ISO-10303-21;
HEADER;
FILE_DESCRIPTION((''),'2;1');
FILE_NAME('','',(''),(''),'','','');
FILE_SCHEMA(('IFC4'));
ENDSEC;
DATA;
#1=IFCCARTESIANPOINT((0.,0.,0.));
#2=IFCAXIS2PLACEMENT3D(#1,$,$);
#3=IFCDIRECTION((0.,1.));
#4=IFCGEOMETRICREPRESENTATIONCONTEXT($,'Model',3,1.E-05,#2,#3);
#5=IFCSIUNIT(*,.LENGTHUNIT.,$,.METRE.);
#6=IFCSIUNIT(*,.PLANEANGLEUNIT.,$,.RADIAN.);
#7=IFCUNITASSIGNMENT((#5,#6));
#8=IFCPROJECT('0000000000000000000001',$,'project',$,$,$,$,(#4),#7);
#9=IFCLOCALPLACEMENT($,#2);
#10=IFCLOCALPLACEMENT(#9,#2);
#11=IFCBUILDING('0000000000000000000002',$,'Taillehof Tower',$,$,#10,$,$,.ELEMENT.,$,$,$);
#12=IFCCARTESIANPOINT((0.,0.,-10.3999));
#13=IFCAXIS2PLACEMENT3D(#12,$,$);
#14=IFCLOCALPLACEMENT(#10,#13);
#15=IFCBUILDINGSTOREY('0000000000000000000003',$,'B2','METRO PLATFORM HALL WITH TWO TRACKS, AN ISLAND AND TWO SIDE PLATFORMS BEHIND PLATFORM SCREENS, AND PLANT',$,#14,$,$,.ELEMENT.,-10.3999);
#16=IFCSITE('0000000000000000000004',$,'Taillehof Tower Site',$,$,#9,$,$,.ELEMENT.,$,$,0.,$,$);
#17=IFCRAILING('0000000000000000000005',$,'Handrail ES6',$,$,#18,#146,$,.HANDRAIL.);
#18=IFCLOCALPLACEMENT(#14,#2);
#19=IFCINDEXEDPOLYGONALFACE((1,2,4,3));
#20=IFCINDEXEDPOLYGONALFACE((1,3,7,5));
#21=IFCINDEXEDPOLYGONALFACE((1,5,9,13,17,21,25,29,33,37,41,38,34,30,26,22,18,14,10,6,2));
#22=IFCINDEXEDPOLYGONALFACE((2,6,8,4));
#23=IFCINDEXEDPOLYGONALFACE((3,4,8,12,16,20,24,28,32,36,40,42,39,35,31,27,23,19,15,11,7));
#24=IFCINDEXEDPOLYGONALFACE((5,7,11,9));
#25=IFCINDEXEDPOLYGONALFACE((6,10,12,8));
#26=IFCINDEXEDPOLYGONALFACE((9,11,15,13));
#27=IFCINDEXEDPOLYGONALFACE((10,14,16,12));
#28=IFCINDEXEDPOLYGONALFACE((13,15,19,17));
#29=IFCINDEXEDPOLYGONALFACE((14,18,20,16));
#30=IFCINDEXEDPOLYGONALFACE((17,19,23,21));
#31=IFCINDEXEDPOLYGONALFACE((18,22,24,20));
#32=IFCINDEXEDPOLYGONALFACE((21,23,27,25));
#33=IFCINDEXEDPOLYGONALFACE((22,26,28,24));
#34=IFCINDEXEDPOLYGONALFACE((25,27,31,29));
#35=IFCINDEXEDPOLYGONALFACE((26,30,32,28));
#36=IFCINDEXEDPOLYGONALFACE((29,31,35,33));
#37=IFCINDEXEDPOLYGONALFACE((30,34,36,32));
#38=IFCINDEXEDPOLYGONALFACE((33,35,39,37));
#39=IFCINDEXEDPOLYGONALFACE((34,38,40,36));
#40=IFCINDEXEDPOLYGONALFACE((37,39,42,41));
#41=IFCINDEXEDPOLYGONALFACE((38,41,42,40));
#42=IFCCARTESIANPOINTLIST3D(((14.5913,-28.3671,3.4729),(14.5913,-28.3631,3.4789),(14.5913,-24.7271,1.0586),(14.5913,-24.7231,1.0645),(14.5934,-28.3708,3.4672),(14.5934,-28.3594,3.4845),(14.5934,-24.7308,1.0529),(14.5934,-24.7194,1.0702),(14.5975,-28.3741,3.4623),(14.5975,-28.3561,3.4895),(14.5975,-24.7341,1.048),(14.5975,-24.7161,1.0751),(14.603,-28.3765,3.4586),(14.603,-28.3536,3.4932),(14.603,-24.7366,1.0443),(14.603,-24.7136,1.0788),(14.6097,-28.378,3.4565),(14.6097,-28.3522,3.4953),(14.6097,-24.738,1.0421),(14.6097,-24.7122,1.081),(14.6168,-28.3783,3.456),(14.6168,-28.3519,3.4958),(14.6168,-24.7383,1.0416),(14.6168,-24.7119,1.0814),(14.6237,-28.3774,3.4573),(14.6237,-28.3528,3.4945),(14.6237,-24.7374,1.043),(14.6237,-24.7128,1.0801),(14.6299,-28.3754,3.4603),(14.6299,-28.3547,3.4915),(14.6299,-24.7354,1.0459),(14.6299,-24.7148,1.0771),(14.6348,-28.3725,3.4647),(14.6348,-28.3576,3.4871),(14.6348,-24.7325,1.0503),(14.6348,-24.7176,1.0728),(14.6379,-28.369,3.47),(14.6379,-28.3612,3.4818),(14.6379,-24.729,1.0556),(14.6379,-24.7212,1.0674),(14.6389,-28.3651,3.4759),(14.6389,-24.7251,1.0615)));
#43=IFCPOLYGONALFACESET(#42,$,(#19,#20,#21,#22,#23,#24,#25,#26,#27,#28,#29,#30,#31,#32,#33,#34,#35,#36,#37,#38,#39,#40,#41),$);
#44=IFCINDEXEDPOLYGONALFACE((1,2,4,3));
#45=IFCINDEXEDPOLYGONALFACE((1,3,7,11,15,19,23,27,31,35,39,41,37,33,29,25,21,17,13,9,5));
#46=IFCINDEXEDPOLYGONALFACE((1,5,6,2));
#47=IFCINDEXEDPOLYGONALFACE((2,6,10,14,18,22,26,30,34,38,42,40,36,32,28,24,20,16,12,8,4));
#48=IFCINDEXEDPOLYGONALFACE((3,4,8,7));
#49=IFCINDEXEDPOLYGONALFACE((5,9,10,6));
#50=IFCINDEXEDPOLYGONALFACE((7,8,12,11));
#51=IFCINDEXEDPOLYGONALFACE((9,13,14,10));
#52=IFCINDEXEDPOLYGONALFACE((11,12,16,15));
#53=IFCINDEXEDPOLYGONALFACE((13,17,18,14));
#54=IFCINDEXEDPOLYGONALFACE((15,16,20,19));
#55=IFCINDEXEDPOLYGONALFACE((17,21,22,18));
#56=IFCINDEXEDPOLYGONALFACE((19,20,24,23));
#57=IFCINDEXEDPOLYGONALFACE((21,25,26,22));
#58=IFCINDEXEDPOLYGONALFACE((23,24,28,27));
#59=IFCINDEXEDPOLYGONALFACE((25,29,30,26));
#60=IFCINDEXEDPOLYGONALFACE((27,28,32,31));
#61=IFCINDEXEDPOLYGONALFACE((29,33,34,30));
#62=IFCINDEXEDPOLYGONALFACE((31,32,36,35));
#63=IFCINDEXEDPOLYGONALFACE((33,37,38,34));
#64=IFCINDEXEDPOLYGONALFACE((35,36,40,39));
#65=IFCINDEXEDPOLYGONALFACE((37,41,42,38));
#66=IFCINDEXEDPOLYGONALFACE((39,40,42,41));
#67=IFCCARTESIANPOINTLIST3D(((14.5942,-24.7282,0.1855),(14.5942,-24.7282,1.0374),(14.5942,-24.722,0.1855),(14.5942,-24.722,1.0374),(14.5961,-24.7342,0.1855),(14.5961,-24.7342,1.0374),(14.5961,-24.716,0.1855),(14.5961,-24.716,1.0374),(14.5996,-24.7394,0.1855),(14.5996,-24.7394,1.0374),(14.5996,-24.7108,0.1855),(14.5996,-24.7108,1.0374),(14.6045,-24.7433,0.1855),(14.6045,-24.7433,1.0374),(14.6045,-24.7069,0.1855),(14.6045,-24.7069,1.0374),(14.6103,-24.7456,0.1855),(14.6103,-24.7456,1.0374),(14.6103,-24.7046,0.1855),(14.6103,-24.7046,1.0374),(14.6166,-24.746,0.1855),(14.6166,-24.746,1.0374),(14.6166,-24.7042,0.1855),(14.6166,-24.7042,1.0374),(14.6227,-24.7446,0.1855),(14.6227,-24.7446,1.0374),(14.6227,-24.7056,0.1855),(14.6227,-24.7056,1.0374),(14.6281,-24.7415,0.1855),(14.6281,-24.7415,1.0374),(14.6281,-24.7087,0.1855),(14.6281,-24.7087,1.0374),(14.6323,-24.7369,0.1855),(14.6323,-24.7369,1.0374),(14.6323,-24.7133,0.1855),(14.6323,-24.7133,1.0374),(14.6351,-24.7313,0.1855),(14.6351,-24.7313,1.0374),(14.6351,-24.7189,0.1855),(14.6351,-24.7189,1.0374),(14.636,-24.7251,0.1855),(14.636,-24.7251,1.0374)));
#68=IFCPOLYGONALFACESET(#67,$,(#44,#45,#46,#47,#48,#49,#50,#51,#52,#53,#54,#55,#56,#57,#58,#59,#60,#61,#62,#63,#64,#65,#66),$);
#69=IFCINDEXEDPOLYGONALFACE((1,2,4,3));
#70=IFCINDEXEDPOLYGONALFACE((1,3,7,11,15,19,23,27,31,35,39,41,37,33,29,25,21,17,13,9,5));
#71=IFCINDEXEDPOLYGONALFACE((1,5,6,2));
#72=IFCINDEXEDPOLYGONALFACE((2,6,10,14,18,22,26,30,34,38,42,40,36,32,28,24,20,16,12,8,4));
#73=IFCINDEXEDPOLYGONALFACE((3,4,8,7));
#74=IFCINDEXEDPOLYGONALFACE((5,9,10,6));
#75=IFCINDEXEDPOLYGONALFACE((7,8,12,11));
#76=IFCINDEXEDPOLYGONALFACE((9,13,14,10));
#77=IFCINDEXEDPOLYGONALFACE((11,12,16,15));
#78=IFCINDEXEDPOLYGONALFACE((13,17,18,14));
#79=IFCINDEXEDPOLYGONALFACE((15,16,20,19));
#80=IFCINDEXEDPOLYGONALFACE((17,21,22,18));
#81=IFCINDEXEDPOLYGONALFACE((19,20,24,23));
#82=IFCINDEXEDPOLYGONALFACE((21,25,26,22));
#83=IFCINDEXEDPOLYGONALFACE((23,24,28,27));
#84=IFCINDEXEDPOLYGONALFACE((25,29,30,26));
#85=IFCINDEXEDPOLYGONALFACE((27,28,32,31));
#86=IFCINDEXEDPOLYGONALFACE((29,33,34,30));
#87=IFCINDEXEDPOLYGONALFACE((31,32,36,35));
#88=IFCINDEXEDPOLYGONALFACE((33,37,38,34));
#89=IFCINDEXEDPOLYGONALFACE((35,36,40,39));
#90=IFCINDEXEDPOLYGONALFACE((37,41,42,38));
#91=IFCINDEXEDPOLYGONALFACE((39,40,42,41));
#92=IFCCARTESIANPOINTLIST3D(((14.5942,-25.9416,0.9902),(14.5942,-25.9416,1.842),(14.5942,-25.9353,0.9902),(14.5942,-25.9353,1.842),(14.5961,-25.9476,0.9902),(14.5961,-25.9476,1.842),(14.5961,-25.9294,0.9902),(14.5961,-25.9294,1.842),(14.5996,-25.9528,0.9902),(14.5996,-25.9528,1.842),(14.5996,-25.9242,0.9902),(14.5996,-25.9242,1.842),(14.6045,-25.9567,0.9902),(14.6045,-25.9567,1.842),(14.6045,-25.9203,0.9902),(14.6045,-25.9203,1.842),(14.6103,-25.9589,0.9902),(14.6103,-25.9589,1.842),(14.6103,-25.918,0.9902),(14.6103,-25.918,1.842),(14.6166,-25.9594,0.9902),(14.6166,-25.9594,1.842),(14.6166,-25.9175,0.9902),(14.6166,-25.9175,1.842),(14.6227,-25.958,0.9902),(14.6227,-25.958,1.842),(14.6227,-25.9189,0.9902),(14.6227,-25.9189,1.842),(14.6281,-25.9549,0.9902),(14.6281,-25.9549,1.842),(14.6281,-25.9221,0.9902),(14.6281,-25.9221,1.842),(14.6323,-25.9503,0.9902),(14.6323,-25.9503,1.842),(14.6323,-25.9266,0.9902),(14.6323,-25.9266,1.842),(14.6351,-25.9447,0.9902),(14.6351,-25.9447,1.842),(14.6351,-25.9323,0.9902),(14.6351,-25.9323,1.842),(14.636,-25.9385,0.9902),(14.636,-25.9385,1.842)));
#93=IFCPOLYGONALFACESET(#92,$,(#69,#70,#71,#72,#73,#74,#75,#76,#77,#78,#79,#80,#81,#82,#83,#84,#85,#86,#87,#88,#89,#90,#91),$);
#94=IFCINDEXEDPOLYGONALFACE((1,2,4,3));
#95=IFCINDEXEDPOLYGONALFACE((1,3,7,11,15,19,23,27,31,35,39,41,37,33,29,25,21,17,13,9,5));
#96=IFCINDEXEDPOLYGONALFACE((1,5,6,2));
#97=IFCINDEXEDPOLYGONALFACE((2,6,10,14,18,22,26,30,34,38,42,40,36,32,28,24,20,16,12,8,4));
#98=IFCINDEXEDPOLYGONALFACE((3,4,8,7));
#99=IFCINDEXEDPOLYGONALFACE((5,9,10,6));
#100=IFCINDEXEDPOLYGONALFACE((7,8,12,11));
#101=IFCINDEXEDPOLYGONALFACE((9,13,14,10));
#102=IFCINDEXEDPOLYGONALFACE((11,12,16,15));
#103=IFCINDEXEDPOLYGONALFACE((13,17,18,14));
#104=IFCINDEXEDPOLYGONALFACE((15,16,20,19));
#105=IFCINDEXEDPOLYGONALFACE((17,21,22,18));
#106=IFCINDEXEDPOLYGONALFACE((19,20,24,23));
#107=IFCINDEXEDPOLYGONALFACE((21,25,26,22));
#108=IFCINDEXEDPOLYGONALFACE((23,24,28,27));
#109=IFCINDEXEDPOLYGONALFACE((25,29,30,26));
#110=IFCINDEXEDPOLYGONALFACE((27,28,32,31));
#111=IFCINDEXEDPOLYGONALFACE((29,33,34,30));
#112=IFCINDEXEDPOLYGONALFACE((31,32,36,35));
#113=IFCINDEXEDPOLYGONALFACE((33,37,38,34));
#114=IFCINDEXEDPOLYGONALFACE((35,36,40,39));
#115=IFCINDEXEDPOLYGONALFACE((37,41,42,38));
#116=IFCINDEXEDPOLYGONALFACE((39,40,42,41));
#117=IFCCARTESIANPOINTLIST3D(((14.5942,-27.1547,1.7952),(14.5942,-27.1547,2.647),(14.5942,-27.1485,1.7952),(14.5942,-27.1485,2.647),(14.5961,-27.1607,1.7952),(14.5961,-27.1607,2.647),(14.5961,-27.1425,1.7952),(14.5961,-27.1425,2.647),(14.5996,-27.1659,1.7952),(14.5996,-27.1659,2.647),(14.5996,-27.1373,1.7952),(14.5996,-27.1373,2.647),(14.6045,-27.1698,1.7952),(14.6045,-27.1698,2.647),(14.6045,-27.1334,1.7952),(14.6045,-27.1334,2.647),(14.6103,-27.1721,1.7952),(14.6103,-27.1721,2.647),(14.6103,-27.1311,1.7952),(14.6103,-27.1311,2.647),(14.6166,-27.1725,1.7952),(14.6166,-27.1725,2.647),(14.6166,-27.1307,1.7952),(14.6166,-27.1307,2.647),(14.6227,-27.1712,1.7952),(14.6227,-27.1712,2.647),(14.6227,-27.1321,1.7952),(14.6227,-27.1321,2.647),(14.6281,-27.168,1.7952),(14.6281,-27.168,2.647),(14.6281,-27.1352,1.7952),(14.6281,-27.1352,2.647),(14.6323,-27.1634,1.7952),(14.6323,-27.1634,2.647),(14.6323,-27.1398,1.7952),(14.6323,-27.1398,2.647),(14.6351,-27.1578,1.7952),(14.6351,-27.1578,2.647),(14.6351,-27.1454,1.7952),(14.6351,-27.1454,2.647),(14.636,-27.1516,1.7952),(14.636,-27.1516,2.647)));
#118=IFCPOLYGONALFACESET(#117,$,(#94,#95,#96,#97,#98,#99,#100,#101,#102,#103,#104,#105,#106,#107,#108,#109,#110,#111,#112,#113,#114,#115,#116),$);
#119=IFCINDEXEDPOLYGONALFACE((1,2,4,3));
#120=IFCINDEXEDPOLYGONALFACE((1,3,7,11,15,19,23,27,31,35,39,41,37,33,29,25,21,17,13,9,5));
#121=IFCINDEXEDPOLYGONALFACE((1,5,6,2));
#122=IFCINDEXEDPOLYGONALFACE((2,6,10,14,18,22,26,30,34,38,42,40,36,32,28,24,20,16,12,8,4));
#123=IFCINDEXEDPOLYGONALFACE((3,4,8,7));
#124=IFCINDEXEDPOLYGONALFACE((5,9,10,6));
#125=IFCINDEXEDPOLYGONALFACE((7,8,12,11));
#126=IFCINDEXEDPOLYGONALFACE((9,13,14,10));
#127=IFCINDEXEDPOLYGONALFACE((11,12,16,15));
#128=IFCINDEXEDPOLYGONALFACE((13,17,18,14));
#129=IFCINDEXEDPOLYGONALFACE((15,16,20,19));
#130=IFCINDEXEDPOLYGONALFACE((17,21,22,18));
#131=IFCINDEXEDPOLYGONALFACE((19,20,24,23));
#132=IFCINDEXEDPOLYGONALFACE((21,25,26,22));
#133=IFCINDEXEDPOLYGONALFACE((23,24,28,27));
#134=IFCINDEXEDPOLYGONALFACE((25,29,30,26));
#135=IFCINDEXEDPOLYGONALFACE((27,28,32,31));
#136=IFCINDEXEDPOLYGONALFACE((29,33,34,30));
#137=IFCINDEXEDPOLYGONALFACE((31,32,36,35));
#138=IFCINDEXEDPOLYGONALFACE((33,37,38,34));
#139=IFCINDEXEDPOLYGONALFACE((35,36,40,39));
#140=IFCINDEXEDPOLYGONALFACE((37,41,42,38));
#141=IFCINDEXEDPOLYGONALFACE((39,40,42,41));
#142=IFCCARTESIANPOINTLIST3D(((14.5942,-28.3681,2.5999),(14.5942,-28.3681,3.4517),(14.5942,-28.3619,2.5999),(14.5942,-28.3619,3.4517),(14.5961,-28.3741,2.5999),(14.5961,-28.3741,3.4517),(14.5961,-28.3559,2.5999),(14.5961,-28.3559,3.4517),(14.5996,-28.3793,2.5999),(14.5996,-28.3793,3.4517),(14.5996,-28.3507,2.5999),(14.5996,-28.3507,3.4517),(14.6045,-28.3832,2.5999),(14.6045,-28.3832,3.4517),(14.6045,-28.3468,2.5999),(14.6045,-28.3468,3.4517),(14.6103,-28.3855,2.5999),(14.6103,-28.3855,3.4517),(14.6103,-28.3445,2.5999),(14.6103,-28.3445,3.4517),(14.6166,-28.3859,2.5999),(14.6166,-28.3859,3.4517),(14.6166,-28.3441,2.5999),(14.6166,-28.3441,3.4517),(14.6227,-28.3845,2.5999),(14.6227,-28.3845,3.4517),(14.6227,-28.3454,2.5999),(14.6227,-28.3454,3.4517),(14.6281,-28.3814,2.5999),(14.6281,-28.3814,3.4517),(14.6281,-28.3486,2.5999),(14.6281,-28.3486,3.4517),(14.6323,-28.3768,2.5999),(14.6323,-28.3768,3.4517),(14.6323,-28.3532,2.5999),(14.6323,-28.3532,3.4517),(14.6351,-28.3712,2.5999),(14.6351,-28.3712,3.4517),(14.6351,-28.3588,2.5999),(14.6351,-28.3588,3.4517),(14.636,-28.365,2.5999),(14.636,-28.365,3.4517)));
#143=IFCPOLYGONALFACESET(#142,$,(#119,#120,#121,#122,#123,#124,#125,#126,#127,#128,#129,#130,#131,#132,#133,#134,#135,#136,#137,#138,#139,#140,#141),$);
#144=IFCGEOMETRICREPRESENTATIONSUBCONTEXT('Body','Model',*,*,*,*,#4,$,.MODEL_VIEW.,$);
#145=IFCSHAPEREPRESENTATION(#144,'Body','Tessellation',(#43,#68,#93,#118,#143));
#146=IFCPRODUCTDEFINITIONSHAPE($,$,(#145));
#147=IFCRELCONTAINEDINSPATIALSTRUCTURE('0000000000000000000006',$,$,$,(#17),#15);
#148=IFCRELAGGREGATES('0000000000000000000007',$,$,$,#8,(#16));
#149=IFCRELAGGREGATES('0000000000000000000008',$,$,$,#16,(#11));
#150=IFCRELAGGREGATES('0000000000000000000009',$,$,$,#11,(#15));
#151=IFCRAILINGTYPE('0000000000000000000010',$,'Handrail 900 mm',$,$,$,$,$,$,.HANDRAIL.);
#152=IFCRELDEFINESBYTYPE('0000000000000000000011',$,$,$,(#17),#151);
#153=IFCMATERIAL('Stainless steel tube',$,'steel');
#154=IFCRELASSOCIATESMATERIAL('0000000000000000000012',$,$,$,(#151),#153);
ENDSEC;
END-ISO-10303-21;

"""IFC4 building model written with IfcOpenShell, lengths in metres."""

from ifc_helpers import new_model, si_unit, direction, frame, origin, origin_2d, place, context, subcontext, project, spatial, circle, extrude, material, type_object, element, save


model = new_model("IFC4")

# Units and contexts
model_context = context("Model", 3, precision=1e-05, world=origin(), true_north=direction((0.0, 1.0)))
body_context = subcontext(model_context, "Body", "Model", "MODEL_VIEW")
ifc_project = project(units=[si_unit("LENGTHUNIT", "METRE"), si_unit("PLANEANGLEUNIT", "RADIAN")], contexts=[model_context])

# Site, building, storey
site_placement = place(None, origin())
site = spatial("IfcSite", under=ifc_project, at=site_placement, Name="Taillehof Tower Site", CompositionType="ELEMENT", RefElevation=0.0)
building_placement = place(site_placement, origin())
building = spatial("IfcBuilding", under=site, at=building_placement, Name="Taillehof Tower", CompositionType="ELEMENT")
storey_placement = place(building_placement, frame((0.0, 0.0, -10.3999)))
storey = spatial("IfcBuildingStorey", under=building, at=storey_placement, Name="B2", Description="METRO PLATFORM HALL WITH TWO TRACKS, AN ISLAND AND TWO SIDE PLATFORMS BEHIND PLATFORM SCREENS, AND PLANT", CompositionType="ELEMENT", Elevation=-10.3999)

# Railing
ifc_material_1 = material(Name="Stainless steel tube", Category="steel")
railing_type = type_object("IfcRailingType", Name="Handrail 900 mm", PredefinedType="HANDRAIL", material=ifc_material_1)
for number, where, name in (
    (1, (14.615, -24.7251, 0.1855), "Handrail ES6"),
):
    element("IfcRailing", number, at=place(storey_placement, frame(where)), inside=storey, type_object=railing_type, Name=name, PredefinedType="HANDRAIL", context=body_context, shape_type="SweptSolid", body=[
        extrude(circle(Radius=0.0239, at=origin_2d()), frame((0.0, 0.0, 0.876), z_axis=(0.0, -0.833347, 0.552751), x_axis=(1.0, 0.0, 0.0)), (0.0, 0.0, 1.0), 4.3679),
        extrude(circle(Radius=0.021, at=origin_2d()), origin(), (0.0, 0.0, 1.0), 0.8518),
        extrude(circle(Radius=0.021, at=origin_2d()), frame((0.0, -1.2134, 0.8047)), (0.0, 0.0, 1.0), 0.8518),
        extrude(circle(Radius=0.021, at=origin_2d()), frame((0.0, -2.4265, 1.6096)), (0.0, 0.0, 1.0), 0.8518),
        extrude(circle(Radius=0.021, at=origin_2d()), frame((0.0, -3.6399, 2.4143)), (0.0, 0.0, 1.0), 0.8518),
    ])

save(model, "model.ifc")
